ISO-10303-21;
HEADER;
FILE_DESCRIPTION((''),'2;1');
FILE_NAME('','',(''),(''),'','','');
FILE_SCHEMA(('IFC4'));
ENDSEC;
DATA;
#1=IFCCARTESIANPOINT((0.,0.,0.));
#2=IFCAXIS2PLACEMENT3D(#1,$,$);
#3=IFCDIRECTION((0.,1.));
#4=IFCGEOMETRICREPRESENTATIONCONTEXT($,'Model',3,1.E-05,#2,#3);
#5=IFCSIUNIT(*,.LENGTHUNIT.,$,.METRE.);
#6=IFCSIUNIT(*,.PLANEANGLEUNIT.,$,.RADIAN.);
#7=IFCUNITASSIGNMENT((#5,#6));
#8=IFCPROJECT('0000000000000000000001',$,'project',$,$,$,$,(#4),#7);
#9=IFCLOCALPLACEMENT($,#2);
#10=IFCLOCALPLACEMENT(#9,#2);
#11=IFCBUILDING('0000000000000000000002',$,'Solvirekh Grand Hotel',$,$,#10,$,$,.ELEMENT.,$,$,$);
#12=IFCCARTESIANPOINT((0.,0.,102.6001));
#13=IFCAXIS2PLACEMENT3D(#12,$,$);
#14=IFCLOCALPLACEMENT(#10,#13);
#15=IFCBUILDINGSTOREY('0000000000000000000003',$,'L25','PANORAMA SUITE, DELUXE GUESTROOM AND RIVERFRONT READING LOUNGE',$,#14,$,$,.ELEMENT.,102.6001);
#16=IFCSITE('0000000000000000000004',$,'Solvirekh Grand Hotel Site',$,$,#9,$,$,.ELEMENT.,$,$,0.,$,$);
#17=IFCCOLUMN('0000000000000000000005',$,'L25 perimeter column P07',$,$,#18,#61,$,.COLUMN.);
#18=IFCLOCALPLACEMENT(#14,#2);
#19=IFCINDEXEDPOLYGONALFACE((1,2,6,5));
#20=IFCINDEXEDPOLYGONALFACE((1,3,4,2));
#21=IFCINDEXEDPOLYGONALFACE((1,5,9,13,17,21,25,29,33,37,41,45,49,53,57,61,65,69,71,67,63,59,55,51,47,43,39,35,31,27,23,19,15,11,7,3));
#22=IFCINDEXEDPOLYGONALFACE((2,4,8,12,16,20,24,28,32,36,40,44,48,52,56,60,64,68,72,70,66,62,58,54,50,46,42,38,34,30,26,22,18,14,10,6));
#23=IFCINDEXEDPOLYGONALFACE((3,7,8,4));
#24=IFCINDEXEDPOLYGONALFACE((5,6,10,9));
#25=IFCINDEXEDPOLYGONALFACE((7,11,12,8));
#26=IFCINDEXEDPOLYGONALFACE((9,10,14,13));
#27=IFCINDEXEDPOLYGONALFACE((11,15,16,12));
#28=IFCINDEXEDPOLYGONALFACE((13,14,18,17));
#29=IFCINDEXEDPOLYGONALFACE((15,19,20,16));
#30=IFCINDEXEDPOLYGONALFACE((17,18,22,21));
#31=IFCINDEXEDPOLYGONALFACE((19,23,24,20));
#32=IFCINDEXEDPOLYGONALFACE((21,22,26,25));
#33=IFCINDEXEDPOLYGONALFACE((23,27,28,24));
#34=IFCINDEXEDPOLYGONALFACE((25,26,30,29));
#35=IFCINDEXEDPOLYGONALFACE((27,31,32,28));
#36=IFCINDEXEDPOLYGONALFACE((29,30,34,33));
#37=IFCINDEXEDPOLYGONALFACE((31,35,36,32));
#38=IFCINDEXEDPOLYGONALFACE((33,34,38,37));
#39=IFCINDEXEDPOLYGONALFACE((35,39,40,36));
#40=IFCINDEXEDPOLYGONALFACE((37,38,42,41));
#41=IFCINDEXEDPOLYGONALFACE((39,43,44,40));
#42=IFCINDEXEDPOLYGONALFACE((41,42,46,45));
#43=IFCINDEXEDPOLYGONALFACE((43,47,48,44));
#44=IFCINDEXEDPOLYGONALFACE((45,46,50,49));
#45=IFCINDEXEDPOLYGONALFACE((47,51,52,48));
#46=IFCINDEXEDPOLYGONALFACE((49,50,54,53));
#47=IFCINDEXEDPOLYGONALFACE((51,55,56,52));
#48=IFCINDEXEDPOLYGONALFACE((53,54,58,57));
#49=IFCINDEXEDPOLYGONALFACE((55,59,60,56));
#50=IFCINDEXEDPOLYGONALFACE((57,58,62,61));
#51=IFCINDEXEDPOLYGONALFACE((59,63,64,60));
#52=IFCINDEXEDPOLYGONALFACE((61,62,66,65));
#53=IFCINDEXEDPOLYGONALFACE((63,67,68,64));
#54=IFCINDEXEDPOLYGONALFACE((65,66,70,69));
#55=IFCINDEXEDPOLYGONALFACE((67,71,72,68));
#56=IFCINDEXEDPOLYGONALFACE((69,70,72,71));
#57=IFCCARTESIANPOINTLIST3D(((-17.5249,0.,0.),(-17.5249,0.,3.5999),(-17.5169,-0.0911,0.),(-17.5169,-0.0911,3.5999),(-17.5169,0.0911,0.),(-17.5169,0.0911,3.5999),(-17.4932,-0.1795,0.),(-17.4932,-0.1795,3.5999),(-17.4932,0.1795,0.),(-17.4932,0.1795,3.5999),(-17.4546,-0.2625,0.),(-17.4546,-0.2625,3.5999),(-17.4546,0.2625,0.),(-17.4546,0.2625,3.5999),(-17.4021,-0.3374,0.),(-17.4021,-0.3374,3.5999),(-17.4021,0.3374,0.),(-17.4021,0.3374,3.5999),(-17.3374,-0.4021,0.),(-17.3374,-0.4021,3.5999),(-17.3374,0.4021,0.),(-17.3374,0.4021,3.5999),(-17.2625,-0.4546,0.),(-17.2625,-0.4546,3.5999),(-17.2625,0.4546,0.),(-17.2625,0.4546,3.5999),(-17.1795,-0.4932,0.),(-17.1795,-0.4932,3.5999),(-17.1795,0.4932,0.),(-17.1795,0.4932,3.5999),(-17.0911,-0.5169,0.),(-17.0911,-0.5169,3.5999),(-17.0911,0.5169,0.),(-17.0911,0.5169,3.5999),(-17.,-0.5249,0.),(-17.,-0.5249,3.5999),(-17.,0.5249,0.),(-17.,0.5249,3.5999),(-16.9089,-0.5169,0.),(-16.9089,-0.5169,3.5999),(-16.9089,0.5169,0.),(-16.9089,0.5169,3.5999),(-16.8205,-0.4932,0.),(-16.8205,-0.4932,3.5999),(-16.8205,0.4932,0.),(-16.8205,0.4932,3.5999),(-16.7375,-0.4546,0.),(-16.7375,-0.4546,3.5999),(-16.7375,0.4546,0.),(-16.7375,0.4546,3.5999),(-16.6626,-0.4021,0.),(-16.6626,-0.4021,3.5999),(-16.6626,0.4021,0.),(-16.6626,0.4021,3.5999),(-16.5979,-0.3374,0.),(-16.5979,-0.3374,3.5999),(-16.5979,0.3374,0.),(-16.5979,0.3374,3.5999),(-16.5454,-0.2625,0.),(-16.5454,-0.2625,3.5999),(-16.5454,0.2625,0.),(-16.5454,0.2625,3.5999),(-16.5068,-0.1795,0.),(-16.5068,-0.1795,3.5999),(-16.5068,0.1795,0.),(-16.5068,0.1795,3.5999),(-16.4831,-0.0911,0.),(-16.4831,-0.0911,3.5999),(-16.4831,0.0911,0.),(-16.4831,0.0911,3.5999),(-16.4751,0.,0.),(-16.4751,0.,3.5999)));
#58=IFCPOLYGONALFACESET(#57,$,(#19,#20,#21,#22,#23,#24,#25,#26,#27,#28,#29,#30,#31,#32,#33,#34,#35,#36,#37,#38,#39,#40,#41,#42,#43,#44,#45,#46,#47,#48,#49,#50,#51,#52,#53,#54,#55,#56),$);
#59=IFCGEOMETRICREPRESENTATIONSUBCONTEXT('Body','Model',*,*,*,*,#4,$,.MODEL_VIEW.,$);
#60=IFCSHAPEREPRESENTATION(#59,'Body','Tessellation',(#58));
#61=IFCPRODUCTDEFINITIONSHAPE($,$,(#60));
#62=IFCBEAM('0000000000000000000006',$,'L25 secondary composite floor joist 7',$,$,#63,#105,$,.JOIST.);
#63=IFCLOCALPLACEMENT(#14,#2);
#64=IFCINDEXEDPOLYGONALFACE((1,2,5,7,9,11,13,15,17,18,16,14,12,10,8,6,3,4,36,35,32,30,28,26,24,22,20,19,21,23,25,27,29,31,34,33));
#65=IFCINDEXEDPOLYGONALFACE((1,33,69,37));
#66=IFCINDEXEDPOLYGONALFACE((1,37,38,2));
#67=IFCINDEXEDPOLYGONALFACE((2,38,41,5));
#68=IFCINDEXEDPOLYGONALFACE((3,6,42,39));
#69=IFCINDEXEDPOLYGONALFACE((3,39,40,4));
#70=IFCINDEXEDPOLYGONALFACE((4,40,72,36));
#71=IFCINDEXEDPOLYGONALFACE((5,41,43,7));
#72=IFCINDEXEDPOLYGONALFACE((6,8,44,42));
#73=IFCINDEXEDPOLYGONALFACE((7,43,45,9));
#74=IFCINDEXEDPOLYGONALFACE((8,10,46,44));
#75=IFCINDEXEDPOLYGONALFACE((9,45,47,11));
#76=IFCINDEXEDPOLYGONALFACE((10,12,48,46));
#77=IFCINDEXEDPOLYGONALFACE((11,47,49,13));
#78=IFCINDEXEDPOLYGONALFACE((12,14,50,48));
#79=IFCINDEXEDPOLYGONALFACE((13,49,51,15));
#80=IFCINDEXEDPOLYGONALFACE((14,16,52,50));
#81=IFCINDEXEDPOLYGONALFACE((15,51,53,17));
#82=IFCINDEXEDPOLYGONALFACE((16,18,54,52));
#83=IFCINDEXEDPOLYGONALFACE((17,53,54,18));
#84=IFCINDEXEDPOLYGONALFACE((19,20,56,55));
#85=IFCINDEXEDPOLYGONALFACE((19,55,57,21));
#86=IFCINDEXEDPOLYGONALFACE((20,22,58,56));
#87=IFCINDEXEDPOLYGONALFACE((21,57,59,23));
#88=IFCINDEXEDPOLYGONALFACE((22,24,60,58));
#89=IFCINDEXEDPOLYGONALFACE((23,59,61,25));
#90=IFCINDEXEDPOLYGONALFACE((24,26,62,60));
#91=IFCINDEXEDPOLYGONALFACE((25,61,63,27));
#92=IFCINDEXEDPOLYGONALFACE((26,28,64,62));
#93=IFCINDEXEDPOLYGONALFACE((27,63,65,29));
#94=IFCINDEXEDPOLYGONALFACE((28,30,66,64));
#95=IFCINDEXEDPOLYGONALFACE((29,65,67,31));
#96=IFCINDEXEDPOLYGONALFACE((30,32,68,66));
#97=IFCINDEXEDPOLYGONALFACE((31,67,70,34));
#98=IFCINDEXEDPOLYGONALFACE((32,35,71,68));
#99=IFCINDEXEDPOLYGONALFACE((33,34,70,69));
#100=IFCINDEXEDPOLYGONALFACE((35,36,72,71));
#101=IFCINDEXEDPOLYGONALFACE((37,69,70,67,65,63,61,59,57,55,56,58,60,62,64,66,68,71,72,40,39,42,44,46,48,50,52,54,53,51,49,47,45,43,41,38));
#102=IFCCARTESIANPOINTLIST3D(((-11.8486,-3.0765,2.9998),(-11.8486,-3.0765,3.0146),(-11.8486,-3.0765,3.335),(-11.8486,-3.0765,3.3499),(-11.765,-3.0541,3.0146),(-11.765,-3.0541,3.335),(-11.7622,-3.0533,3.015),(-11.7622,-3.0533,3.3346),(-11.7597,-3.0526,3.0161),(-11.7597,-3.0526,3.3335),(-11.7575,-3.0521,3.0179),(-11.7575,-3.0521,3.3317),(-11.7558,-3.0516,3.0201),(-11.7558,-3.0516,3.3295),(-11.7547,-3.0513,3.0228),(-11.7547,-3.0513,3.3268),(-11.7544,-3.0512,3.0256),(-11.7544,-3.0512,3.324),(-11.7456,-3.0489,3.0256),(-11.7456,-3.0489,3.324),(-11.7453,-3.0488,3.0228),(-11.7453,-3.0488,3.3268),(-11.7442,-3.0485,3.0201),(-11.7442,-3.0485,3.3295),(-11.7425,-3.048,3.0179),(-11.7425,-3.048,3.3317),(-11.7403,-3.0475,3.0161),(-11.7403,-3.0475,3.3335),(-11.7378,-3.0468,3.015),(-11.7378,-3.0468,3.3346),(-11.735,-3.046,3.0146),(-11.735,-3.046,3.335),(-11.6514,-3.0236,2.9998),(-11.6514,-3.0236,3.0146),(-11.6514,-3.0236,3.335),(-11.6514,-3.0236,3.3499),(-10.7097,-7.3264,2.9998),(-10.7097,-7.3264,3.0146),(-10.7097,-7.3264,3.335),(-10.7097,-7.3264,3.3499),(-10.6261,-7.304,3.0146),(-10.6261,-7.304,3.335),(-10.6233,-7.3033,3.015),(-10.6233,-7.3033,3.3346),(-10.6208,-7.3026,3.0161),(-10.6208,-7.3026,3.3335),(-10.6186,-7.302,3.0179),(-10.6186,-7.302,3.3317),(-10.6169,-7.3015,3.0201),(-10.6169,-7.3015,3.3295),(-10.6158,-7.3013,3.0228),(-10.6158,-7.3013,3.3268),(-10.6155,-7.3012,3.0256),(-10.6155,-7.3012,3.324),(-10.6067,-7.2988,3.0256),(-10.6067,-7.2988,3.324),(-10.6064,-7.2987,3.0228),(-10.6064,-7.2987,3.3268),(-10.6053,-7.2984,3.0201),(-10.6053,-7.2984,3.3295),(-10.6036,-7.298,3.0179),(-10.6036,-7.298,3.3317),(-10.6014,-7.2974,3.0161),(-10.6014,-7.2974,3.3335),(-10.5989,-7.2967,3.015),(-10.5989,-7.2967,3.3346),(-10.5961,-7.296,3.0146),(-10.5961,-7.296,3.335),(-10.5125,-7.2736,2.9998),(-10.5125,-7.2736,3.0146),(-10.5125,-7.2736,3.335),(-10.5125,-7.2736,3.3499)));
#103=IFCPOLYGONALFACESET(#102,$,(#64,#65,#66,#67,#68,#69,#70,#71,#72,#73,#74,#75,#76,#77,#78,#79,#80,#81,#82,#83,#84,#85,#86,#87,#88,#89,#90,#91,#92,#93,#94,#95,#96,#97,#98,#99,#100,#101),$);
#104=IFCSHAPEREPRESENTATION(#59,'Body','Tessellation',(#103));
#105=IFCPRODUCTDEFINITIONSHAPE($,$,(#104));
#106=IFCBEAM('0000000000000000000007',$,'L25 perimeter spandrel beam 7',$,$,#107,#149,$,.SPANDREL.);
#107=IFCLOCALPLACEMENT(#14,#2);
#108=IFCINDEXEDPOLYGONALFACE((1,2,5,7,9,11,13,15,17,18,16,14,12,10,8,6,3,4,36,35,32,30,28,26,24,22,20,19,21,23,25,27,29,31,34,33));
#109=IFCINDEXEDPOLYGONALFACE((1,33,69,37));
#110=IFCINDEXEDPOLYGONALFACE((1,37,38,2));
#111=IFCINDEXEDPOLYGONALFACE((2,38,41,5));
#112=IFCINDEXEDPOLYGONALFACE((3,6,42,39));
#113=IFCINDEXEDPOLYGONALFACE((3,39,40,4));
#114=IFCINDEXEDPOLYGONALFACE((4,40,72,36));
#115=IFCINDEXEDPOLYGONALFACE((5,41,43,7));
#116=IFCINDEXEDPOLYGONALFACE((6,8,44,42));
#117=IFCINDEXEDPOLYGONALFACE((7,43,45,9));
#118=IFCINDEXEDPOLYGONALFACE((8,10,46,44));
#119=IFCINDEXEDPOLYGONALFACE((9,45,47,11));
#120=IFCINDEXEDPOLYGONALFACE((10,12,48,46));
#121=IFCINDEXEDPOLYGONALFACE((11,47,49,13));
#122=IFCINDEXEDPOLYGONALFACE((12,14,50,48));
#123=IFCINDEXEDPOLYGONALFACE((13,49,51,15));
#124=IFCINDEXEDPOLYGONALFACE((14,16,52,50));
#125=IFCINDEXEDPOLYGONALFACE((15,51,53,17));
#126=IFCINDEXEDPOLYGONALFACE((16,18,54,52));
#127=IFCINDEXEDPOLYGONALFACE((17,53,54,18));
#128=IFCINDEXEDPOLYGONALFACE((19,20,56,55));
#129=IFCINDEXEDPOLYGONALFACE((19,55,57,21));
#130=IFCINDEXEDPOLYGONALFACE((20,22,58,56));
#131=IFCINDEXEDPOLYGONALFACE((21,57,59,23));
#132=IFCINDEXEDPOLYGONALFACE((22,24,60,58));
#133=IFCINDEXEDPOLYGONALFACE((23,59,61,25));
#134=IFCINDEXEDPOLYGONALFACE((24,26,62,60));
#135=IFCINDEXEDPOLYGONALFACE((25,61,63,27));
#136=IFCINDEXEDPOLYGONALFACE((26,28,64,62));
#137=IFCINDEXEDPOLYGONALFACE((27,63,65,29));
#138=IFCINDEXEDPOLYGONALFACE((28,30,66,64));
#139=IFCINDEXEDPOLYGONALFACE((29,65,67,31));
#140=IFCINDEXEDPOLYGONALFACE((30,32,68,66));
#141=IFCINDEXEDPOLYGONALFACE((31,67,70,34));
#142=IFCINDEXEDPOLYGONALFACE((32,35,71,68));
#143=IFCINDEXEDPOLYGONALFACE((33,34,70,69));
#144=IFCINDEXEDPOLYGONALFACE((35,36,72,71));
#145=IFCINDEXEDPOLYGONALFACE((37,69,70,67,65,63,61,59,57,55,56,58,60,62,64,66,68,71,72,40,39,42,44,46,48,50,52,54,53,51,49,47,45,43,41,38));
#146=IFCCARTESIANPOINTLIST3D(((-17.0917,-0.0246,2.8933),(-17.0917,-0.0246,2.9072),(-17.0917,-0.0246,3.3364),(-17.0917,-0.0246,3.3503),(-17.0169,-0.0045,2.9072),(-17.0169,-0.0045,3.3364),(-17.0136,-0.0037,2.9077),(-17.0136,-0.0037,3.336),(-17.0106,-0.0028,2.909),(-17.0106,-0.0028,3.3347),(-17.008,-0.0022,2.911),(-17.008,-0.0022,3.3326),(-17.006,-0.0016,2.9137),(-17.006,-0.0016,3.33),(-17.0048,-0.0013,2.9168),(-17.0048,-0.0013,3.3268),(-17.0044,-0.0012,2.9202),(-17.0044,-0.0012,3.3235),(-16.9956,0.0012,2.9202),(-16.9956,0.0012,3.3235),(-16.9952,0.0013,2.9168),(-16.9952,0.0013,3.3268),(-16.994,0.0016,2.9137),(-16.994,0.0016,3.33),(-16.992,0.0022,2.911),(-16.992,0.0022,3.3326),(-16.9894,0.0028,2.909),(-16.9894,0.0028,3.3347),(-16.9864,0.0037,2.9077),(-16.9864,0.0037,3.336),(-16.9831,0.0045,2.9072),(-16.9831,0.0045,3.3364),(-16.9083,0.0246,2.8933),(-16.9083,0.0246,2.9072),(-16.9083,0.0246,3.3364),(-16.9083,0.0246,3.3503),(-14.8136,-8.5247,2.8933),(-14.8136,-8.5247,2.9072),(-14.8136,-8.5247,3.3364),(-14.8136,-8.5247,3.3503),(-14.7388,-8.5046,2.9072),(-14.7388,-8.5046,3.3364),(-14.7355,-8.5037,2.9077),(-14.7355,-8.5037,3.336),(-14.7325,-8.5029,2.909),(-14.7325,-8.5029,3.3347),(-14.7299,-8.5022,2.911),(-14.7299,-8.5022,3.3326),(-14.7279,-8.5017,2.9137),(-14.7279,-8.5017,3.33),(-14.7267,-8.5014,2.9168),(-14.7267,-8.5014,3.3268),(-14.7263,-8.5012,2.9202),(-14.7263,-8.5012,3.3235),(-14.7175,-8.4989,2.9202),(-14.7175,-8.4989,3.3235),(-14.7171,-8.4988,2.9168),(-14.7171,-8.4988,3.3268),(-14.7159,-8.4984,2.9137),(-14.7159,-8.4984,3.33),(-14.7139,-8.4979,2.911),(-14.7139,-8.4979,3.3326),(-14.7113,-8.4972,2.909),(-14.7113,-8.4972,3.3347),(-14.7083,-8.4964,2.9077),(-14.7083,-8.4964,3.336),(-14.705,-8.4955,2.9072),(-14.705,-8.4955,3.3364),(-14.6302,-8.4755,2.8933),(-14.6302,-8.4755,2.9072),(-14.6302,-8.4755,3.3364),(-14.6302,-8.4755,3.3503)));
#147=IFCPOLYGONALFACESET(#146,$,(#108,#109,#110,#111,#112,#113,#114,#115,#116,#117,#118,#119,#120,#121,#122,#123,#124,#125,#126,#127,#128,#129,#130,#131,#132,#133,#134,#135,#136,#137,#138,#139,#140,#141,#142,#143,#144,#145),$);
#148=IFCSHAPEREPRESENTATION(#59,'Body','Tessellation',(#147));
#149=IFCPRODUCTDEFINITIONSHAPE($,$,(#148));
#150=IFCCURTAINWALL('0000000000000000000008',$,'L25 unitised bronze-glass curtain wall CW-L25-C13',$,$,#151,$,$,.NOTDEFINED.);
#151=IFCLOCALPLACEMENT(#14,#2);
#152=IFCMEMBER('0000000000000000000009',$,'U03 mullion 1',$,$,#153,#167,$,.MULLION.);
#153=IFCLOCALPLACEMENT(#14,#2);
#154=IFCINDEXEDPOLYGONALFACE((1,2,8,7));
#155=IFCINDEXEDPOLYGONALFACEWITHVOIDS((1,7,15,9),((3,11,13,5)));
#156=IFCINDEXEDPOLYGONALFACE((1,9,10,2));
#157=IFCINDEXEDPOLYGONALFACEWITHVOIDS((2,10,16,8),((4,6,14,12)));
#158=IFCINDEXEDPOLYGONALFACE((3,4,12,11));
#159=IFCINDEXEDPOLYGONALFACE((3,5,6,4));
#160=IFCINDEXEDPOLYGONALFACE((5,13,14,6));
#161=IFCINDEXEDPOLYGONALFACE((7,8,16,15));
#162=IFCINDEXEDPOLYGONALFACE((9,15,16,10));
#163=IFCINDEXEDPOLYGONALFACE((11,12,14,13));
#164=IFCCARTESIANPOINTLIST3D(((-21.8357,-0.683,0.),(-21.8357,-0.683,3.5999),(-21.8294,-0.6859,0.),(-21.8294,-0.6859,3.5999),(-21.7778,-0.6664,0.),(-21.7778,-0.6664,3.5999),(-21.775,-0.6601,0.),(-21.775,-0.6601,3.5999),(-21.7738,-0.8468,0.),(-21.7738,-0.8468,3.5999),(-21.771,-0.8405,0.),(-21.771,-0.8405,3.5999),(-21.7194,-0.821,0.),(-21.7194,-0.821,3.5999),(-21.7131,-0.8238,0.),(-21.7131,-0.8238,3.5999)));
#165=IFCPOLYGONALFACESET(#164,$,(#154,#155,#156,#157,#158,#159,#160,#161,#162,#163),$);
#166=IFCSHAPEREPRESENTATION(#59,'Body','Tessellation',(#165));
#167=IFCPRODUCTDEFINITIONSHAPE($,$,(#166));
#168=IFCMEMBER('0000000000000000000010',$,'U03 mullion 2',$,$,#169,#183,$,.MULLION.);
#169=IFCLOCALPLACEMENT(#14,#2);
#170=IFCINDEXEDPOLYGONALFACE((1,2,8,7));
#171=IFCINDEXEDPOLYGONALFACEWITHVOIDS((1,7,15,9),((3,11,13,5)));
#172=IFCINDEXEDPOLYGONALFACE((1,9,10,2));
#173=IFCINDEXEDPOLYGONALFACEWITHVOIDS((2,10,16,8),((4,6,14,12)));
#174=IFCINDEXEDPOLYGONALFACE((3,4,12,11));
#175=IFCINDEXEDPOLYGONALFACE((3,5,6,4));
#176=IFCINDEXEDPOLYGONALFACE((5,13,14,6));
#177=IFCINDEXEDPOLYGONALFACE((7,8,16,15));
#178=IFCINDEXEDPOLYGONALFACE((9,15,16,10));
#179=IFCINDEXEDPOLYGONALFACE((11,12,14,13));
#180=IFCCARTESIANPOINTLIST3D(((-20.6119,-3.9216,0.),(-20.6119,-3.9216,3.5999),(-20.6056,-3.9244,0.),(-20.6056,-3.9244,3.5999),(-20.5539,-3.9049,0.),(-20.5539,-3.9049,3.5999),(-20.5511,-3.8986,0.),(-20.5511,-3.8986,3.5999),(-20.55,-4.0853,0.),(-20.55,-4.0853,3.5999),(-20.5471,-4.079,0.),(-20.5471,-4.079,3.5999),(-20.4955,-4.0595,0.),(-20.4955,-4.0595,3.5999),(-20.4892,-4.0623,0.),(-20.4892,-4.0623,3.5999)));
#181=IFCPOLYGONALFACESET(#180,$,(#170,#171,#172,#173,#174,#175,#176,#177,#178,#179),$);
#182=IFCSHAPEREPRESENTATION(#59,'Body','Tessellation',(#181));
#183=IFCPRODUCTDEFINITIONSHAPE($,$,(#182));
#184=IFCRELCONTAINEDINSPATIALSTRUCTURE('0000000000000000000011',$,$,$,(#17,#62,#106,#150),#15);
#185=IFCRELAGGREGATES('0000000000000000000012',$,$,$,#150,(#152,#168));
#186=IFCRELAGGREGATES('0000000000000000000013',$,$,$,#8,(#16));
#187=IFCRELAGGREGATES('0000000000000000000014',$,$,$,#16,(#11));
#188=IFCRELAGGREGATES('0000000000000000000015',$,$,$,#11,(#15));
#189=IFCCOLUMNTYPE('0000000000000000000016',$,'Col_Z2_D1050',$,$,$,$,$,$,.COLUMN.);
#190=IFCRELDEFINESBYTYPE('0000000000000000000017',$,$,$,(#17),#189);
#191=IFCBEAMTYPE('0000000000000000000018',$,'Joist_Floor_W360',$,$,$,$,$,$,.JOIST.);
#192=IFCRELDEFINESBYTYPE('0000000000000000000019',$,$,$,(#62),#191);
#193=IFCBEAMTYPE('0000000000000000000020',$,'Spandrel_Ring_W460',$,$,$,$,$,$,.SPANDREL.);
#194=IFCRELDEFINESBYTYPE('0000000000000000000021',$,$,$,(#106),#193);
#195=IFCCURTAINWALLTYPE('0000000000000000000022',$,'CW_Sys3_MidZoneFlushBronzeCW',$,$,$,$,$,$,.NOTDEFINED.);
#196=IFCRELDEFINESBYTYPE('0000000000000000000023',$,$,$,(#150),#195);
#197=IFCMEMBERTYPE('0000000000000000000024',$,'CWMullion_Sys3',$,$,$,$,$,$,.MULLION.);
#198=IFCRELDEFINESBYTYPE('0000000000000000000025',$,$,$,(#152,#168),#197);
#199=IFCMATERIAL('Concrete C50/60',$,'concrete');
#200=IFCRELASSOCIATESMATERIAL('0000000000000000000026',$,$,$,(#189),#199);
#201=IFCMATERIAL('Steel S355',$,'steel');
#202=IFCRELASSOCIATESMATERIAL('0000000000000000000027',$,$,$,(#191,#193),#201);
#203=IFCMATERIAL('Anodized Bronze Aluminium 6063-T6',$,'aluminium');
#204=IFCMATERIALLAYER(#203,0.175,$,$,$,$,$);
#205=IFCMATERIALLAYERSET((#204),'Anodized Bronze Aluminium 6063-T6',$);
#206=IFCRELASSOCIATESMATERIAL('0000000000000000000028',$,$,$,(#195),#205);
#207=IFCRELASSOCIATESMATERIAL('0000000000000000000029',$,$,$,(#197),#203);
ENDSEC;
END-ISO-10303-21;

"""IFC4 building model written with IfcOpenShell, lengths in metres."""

from ifc_helpers import new_model, si_unit, direction, frame, origin, origin_2d, place, context, subcontext, project, spatial, hollow_rectangle, circle, i_section, extrude, source, transform, mapped, material, layer, layer_set, material_profile, profile_set, type_object, element, aggregate, save


model = new_model("IFC4")

# Units and contexts
model_context = context("Model", 3, precision=1e-05, world=origin(), true_north=direction((0.0, 1.0)))
body_context = subcontext(model_context, "Body", "Model", "MODEL_VIEW")
ifc_project = project(units=[si_unit("LENGTHUNIT", "METRE"), si_unit("PLANEANGLEUNIT", "RADIAN")], contexts=[model_context])

# Site, building, storey
site_placement = place(None, origin())
site = spatial("IfcSite", under=ifc_project, at=site_placement, Name="Solvirekh Grand Hotel Site", CompositionType="ELEMENT", RefElevation=0.0)
building_placement = place(site_placement, origin())
building = spatial("IfcBuilding", under=site, at=building_placement, Name="Solvirekh Grand Hotel", CompositionType="ELEMENT")
storey_placement = place(building_placement, frame((0.0, 0.0, 102.6001)))
storey = spatial("IfcBuildingStorey", under=building, at=storey_placement, Name="L25", Description="PANORAMA SUITE, DELUXE GUESTROOM AND RIVERFRONT READING LOUNGE", CompositionType="ELEMENT", Elevation=102.6001)

# Column
ifc_material_1 = material(Name="Concrete C50/60", Category="concrete")
ifc_material_profile_1 = material_profile(ifc_material_1, circle(Radius=0.5249, at=origin_2d()), Name="RC CIRC D1050")
ifc_profile_set_1 = profile_set([ifc_material_profile_1], Name="Concrete C50/60")
column_type = type_object("IfcColumnType", Name="Col_Z2_D1050", PredefinedType="COLUMN", material=ifc_profile_set_1)
column_placement = place(storey_placement, frame((-17.0, 0.0, 0.0), z_axis=(0.0, 0.0, 1.0), x_axis=(1.0, 0.0, 0.0)))
element("IfcColumn", 1, at=column_placement, inside=storey, type_object=column_type, Name="L25 perimeter column P07", PredefinedType="COLUMN", context=body_context, shape_type="SweptSolid", body=[
    extrude(circle(Radius=0.5249, at=origin_2d()), origin(), (0.0, 0.0, 1.0), 3.5999),
])

# Beams
ifc_material_2 = material(Name="Steel S355", Category="steel")
ifc_material_profile_2 = material_profile(ifc_material_2, i_section(OverallWidth=0.2041, OverallDepth=0.3501, WebThickness=0.009, FlangeThickness=0.0149, FilletRadius=0.011, at=origin_2d()), Name="W360X72")
ifc_profile_set_2 = profile_set([ifc_material_profile_2], Name="Steel S355")
beam_type_1 = type_object("IfcBeamType", Name="Joist_Floor_W360", PredefinedType="JOIST", material=ifc_profile_set_2)
beam_1_placement = place(storey_placement, frame((-11.75, -3.05, 3.1748), z_axis=(0.258847, -0.965918, 0.0), x_axis=(0.965918, 0.258847, 0.0)))
element("IfcBeam", 2, at=beam_1_placement, inside=storey, type_object=beam_type_1, Name="L25 secondary composite floor joist 7", PredefinedType="JOIST", context=body_context, shape_type="SweptSolid", body=[
    extrude(i_section(OverallWidth=0.2041, OverallDepth=0.3501, WebThickness=0.009, FlangeThickness=0.0149, FilletRadius=0.011, at=origin_2d()), origin(), (0.0, 0.0, 1.0), 4.3999),
])
ifc_material_profile_3 = material_profile(ifc_material_2, i_section(OverallWidth=0.1899, OverallDepth=0.457, WebThickness=0.009, FlangeThickness=0.0139, FilletRadius=0.0129, at=origin_2d()), Name="W460X74")
ifc_profile_set_3 = profile_set([ifc_material_profile_3], Name="Steel S355")
beam_type_2 = type_object("IfcBeamType", Name="Spandrel_Ring_W460", PredefinedType="SPANDREL", material=ifc_profile_set_3)
beam_2_placement = place(storey_placement, frame((-17.0, 0.0, 3.1218), z_axis=(0.258873, -0.965911, 0.0), x_axis=(0.965911, 0.258873, 0.0)))
element("IfcBeam", 3, at=beam_2_placement, inside=storey, type_object=beam_type_2, Name="L25 perimeter spandrel beam 7", PredefinedType="SPANDREL", context=body_context, shape_type="SweptSolid", body=[
    extrude(i_section(OverallWidth=0.1899, OverallDepth=0.457, WebThickness=0.009, FlangeThickness=0.0139, FilletRadius=0.0129, at=origin_2d()), origin(), (0.0, 0.0, 1.0), 8.8),
])

# Curtain wall, members
ifc_material_3 = material(Name="Anodized Bronze Aluminium 6063-T6", Category="aluminium")
ifc_layer_1 = layer(ifc_material_3, 0.175)
ifc_layer_set_1 = layer_set([ifc_layer_1], Name="Anodized Bronze Aluminium 6063-T6")
curtain_wall_type = type_object("IfcCurtainWallType", Name="CW_Sys3_MidZoneFlushBronzeCW", PredefinedType="NOTDEFINED", material=ifc_layer_set_1)
curtain_wall_placement = place(storey_placement, origin())
curtain_wall = element("IfcCurtainWall", 4, at=curtain_wall_placement, inside=storey, type_object=curtain_wall_type, Name="L25 unitised bronze-glass curtain wall CW-L25-C13", PredefinedType="NOTDEFINED")
ifc_material_profile_4 = material_profile(ifc_material_3, hollow_rectangle(XDim=0.0649, YDim=0.175, WallThickness=0.0049, at=origin_2d()), Name="ALU RHS 175X65X5")
ifc_profile_set_4 = profile_set([ifc_material_profile_4], Name="Anodized Bronze Aluminium 6063-T6")
member_type_1 = type_object("IfcMemberType", Name="CWMullion_Sys3", PredefinedType="MULLION", material=ifc_profile_set_4)
shared_shape_1 = source(origin(), body_context, "Body", "SweptSolid", [
    extrude(hollow_rectangle(XDim=0.0649, YDim=0.175, WallThickness=0.0049, at=origin_2d()), origin(), (0.0, 0.0, 1.0), 3.5999),
])
member_1_placement = place(storey_placement, frame((-21.7744, -0.7534, 0.0), z_axis=(0.0, 0.0, 1.0), x_axis=(0.935421, 0.353537, 0.0)))
member_1 = element("IfcMember", 5, at=member_1_placement, type_object=member_type_1, Name="U03 mullion 1", PredefinedType="MULLION", context=body_context, shape_type="MappedRepresentation", body=[
    mapped(shared_shape_1, transform((0.0, 0.0, 0.0), x_axis=(1.0, 0.0, 0.0), y_axis=(0.0, 1.0, 0.0), z_axis=(0.0, 0.0, 1.0), scale=1.0)),
])
member_2_placement = place(storey_placement, frame((-20.5505, -3.9919, 0.0), z_axis=(0.0, 0.0, 1.0), x_axis=(0.935421, 0.353537, 0.0)))
member_2 = element("IfcMember", 6, at=member_2_placement, type_object=member_type_1, Name="U03 mullion 2", PredefinedType="MULLION", context=body_context, shape_type="MappedRepresentation", body=[
    mapped(shared_shape_1, transform((0.0, 0.0, 0.0), x_axis=(1.0, 0.0, 0.0), y_axis=(0.0, 1.0, 0.0), z_axis=(0.0, 0.0, 1.0), scale=1.0)),
])
aggregate(curtain_wall, [member_1, member_2])

save(model, "model.ifc")
